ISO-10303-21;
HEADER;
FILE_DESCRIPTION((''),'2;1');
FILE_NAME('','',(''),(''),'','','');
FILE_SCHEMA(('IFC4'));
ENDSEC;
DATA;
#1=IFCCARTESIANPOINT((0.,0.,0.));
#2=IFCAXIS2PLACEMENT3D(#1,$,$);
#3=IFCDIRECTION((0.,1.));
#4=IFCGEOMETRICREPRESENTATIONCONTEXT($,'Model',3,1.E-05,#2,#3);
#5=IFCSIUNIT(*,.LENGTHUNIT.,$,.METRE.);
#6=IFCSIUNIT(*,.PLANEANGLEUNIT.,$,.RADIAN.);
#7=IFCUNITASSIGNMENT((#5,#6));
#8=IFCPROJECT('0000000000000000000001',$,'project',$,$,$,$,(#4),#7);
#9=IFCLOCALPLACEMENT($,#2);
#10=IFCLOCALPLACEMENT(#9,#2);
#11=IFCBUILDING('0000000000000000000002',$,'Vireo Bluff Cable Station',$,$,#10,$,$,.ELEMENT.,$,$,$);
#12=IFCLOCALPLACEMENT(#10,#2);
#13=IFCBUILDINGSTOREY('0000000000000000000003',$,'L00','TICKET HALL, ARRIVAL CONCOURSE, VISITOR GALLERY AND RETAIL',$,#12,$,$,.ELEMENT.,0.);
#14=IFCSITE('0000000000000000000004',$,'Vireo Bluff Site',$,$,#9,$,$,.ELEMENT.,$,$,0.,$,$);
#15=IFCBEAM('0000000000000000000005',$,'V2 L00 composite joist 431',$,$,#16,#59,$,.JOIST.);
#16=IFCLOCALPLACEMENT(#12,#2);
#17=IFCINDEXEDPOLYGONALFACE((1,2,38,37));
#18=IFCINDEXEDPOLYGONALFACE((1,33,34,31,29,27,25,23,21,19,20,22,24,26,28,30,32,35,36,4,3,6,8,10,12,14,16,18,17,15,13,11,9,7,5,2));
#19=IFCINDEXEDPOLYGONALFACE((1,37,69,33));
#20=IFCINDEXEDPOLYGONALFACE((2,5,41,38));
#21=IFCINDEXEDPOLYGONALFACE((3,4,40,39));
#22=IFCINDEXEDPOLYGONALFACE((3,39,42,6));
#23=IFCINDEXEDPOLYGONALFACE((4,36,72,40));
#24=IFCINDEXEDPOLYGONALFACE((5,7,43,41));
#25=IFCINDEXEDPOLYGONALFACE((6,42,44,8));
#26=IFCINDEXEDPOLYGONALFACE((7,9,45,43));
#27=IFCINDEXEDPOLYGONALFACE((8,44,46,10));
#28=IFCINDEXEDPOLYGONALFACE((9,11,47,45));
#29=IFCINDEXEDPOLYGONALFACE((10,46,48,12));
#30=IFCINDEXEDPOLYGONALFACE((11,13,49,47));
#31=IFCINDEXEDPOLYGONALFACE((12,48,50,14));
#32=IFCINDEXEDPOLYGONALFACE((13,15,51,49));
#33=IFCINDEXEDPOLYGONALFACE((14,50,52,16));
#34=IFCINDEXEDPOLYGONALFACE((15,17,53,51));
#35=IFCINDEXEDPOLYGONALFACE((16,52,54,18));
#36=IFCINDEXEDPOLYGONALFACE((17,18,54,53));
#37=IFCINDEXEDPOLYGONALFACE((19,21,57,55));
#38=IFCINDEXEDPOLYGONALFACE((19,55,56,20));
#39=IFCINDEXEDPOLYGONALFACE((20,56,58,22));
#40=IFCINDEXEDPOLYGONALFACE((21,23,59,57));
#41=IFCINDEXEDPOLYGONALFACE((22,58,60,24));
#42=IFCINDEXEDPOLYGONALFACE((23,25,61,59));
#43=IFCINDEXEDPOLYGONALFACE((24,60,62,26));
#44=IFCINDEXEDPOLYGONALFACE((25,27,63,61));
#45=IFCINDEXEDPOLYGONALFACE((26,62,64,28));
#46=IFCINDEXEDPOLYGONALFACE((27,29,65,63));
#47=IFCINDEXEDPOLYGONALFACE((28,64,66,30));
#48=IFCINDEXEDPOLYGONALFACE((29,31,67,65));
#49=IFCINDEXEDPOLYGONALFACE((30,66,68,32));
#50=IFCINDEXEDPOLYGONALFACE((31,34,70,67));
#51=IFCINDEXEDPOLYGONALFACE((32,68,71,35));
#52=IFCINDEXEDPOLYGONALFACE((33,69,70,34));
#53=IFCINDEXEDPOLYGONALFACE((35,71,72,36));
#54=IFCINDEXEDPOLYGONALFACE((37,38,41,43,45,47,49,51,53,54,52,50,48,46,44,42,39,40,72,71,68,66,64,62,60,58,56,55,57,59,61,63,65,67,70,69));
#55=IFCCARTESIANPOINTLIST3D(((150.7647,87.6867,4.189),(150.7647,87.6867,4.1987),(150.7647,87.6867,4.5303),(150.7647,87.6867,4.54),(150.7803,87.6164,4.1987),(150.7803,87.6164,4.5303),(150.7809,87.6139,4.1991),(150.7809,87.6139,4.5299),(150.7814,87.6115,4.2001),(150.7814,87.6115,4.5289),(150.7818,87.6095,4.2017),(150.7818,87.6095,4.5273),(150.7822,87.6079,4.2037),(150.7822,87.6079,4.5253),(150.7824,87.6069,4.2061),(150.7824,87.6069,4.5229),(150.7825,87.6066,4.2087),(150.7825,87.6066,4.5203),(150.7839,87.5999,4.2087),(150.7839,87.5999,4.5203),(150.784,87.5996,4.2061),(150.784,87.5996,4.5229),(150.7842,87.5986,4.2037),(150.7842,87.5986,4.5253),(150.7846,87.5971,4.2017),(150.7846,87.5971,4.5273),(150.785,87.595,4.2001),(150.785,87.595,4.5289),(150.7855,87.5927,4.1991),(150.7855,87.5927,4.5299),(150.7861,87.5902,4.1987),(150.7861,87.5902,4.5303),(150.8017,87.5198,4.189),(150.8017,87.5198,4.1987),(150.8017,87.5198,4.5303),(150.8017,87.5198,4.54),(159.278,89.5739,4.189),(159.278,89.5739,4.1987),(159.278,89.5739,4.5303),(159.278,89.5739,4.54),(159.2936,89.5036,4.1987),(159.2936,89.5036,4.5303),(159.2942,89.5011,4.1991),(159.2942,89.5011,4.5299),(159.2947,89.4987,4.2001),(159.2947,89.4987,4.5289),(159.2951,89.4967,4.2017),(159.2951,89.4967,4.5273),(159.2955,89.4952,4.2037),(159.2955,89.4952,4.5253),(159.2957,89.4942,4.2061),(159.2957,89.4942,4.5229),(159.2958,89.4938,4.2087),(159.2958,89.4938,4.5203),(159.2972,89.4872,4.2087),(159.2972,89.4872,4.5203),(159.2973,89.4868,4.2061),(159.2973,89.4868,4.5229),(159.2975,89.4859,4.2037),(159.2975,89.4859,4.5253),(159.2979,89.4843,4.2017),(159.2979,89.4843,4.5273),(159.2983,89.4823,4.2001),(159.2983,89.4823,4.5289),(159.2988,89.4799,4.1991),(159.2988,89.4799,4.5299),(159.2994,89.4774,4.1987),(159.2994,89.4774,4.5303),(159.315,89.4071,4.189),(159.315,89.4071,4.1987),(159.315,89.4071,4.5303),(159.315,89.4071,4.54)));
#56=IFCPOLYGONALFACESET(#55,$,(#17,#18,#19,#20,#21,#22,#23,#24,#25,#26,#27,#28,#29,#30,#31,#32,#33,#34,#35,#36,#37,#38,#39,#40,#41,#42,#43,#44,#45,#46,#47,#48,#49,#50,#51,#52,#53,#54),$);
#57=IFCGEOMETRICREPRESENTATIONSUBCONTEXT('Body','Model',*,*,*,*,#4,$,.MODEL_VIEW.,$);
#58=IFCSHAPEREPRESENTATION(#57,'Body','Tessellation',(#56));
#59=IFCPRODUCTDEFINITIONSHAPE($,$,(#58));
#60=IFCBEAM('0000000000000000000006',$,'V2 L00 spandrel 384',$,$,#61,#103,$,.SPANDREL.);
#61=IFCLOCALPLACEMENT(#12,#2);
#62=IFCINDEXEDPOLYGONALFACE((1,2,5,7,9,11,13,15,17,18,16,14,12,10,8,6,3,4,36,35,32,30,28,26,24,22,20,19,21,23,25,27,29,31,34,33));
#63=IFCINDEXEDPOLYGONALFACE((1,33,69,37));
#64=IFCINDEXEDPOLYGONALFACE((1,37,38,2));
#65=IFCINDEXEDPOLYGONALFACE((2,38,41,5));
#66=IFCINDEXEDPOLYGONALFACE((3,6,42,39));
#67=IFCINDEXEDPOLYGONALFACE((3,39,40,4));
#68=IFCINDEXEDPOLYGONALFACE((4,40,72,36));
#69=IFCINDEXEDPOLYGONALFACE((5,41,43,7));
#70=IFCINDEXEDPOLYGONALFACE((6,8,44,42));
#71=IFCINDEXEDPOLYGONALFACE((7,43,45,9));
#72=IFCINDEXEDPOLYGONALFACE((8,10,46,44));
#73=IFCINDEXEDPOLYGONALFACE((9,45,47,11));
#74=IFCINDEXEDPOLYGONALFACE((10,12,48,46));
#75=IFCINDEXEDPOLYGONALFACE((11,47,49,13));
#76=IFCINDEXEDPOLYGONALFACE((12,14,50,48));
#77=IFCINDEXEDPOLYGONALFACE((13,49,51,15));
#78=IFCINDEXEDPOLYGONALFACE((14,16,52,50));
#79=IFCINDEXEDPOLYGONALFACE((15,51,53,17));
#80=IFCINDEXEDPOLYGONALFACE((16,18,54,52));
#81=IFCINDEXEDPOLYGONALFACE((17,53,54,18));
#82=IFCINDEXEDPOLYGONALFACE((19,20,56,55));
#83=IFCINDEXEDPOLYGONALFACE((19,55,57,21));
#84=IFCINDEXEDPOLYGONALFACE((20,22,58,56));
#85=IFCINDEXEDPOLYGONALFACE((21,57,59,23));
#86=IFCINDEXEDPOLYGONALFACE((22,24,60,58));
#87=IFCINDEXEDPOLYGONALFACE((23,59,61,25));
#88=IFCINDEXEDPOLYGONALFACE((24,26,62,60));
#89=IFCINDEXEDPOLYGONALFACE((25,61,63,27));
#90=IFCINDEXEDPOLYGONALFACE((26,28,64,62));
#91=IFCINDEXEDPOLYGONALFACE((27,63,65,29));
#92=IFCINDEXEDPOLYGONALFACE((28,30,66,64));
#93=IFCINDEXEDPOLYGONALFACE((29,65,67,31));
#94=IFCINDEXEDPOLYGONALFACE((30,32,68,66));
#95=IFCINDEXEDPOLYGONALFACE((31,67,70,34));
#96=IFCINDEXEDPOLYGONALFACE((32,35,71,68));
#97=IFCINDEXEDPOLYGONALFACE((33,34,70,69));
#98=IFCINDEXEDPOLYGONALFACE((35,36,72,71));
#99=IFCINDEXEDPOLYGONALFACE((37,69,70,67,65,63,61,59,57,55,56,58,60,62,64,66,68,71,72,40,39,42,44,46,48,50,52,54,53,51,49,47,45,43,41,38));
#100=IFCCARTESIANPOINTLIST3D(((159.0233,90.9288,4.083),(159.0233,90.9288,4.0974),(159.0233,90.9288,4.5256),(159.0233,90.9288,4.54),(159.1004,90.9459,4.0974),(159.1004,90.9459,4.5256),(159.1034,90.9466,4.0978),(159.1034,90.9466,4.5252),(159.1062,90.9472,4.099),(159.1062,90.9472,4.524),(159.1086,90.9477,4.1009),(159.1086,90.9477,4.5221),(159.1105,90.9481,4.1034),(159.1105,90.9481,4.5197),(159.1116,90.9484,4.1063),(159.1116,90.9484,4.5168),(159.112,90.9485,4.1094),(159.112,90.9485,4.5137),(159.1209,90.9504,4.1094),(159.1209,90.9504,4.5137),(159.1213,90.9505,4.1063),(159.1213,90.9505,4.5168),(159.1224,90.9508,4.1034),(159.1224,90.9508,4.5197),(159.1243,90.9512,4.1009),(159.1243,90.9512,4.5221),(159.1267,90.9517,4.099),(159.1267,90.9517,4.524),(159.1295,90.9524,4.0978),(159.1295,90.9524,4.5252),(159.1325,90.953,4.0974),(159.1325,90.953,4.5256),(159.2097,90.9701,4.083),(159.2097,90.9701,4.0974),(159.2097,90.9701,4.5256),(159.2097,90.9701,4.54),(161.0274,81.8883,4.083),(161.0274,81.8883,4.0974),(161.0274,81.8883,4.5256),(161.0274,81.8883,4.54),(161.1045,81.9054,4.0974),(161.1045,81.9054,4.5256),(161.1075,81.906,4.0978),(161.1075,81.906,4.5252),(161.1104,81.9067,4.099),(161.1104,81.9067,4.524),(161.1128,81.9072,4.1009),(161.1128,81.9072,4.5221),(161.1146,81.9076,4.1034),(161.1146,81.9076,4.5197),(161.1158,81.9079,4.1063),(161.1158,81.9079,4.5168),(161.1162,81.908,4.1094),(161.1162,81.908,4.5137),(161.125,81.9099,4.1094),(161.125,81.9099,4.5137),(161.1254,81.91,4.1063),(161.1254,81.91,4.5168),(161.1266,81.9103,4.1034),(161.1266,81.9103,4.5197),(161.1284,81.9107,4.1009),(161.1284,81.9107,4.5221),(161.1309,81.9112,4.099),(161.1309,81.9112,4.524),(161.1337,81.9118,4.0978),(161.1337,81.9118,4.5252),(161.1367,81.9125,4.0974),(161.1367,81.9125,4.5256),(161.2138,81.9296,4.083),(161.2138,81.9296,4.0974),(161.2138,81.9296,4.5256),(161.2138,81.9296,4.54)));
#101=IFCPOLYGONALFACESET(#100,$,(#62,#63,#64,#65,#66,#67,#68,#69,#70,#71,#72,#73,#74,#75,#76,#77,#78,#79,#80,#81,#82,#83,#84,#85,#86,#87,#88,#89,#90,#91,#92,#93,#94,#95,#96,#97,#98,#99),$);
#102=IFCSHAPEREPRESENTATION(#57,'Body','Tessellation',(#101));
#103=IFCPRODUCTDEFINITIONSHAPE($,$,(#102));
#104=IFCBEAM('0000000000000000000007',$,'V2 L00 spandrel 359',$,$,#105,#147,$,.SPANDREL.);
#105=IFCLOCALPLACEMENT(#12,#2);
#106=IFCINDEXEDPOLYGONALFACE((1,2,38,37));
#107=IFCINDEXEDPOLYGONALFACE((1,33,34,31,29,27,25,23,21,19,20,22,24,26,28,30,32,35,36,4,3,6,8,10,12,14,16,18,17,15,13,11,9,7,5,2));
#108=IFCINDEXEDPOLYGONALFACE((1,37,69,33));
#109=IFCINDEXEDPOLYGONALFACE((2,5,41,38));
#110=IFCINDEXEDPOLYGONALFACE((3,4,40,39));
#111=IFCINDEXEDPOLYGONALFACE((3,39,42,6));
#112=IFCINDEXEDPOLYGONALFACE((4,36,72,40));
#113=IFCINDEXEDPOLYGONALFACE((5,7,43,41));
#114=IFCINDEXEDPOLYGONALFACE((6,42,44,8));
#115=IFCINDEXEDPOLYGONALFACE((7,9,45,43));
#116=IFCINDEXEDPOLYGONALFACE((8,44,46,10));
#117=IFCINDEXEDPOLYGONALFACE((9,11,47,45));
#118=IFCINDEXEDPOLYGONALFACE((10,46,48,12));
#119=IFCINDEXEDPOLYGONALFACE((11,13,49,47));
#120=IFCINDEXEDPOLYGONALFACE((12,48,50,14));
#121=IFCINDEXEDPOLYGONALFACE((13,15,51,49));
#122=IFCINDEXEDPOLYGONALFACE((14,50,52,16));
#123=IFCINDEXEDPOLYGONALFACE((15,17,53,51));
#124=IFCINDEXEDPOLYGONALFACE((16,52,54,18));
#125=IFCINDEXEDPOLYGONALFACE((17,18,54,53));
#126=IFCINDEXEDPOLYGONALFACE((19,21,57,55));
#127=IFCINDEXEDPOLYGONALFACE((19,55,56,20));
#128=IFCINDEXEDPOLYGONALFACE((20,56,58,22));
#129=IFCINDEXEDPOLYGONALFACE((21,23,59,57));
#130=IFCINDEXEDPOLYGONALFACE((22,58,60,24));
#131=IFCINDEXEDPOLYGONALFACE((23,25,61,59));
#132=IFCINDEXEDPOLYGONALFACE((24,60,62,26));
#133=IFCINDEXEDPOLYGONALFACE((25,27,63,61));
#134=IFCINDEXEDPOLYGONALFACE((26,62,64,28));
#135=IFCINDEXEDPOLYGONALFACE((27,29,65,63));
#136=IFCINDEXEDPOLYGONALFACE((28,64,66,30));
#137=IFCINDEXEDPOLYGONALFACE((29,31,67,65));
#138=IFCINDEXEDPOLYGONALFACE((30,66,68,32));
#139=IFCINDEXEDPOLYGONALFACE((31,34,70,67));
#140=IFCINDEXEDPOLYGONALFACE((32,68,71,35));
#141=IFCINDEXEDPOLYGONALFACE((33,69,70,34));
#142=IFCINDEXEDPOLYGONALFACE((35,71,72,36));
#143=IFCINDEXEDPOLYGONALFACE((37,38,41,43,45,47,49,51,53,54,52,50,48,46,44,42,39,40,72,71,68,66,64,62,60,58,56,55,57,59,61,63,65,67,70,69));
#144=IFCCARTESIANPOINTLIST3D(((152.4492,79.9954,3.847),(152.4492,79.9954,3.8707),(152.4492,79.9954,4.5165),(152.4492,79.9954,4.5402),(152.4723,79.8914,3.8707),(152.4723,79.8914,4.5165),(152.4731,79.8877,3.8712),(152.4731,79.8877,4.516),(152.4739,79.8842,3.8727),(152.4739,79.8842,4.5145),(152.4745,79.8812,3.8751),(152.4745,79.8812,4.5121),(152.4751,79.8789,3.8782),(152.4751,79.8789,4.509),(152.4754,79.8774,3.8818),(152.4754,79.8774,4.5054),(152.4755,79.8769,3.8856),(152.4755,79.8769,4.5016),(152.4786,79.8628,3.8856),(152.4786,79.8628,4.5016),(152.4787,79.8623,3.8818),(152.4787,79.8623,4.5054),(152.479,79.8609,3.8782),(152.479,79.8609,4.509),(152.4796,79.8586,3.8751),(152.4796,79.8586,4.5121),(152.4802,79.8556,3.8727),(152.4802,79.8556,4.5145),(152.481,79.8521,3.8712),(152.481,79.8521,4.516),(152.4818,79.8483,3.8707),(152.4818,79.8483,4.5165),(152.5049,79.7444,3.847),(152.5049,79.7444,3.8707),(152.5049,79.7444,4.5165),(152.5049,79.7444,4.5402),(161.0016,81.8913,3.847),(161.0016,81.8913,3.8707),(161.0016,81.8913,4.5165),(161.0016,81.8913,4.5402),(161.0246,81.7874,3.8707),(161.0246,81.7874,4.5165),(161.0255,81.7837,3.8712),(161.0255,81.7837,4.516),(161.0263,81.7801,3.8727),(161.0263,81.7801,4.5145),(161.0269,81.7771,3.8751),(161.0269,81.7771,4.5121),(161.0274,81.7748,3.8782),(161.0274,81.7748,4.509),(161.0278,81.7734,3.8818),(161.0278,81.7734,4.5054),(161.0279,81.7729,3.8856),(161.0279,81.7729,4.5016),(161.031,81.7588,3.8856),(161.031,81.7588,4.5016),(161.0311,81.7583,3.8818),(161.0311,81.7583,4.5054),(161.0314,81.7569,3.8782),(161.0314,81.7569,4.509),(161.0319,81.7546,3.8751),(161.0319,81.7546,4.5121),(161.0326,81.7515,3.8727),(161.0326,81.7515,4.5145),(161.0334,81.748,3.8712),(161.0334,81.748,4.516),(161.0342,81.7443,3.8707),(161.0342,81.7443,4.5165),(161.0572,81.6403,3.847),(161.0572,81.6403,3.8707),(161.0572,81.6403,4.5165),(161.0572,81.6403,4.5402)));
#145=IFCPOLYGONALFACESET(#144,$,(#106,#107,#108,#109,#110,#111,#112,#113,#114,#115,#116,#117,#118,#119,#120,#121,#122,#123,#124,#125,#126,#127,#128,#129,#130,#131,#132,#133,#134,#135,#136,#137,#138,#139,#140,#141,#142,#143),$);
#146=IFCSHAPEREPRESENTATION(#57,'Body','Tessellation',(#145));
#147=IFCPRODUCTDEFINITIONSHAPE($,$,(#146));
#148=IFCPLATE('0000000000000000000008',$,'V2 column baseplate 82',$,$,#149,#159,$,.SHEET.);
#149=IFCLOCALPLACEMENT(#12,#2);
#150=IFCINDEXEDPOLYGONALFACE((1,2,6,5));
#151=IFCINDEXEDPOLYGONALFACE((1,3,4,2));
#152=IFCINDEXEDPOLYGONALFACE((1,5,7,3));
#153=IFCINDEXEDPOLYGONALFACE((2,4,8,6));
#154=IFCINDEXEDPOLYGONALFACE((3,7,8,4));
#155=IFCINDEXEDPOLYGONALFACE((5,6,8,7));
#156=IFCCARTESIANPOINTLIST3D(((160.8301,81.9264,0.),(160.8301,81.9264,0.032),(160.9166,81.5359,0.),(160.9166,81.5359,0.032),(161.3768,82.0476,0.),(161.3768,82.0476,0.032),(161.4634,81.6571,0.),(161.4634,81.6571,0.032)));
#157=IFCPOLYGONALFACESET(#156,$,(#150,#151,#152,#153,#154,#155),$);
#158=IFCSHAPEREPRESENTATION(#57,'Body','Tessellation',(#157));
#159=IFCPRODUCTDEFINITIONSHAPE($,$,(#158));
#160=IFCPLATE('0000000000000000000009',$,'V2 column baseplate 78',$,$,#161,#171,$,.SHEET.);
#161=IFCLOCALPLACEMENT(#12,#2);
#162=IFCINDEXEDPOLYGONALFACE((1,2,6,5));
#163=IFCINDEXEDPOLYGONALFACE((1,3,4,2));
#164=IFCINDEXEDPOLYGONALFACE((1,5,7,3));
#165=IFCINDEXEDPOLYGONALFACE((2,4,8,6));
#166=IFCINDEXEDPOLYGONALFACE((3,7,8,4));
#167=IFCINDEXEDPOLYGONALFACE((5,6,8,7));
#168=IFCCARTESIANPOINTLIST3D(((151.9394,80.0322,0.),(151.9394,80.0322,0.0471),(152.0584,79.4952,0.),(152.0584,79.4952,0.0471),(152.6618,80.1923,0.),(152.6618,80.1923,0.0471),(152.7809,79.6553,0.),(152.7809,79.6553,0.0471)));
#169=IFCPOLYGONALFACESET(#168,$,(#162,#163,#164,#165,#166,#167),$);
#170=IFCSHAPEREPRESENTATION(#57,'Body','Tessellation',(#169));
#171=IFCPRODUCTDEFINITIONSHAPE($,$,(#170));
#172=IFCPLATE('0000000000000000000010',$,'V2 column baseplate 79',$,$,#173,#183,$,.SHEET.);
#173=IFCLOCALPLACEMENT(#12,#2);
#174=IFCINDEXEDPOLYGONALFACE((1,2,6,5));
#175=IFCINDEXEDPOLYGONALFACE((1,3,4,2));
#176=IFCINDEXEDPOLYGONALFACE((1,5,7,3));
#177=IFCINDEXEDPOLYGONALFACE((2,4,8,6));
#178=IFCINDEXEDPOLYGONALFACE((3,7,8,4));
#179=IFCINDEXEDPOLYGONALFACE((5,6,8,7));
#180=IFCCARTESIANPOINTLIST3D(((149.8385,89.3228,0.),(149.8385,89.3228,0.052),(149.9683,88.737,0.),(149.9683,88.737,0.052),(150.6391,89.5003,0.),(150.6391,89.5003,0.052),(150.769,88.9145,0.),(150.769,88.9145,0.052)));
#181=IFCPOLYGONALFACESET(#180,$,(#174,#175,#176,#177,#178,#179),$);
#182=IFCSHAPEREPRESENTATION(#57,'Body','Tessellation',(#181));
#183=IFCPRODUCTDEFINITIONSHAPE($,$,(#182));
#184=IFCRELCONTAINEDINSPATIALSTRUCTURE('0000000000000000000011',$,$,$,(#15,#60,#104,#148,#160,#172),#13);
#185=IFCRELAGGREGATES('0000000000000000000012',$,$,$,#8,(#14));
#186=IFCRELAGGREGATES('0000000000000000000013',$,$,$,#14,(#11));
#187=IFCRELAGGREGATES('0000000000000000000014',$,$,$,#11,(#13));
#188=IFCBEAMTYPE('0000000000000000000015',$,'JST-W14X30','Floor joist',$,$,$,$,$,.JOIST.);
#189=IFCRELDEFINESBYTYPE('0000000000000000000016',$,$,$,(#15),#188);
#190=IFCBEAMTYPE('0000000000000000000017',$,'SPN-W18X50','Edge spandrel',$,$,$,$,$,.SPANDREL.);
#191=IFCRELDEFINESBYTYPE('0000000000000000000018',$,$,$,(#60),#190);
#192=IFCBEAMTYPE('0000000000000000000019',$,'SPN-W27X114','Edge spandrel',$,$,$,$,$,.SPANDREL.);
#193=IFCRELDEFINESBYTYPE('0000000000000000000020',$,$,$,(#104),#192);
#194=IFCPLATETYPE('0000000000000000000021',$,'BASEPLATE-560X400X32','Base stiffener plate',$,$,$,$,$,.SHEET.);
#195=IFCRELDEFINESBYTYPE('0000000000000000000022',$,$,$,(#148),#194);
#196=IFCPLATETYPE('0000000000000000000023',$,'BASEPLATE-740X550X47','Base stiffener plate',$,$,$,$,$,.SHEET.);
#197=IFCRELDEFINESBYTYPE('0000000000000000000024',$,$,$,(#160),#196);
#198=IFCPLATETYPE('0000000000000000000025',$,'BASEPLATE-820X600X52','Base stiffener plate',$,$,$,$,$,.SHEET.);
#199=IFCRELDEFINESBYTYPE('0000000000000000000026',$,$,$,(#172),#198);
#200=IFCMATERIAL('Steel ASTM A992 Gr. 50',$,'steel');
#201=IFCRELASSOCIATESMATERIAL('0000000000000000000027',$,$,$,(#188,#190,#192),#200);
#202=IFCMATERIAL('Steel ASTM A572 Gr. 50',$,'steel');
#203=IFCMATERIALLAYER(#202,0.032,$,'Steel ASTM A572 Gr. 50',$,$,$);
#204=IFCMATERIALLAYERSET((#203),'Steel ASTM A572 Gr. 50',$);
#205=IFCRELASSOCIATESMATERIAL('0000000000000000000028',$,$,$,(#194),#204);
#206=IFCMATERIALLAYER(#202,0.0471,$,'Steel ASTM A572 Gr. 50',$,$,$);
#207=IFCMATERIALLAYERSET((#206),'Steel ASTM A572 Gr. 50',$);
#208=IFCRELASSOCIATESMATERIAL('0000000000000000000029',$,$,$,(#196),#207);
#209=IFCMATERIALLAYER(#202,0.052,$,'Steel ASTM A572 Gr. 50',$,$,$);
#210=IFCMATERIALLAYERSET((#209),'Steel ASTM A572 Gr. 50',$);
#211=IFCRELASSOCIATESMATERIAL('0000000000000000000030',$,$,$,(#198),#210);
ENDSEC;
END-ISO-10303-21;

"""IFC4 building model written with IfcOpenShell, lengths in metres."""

from ifc_helpers import new_model, si_unit, direction, frame, origin, origin_2d, place, context, subcontext, project, spatial, rectangle, i_section, extrude, material, layer, layer_set, material_profile, profile_set, type_object, element, save


model = new_model("IFC4")

# Units and contexts
model_context = context("Model", 3, precision=1e-05, world=origin(), true_north=direction((0.0, 1.0)))
body_context = subcontext(model_context, "Body", "Model", "MODEL_VIEW")
ifc_project = project(units=[si_unit("LENGTHUNIT", "METRE"), si_unit("PLANEANGLEUNIT", "RADIAN")], contexts=[model_context])

# Site, building, storey
site_placement = place(None, origin())
site = spatial("IfcSite", under=ifc_project, at=site_placement, Name="Vireo Bluff Site", CompositionType="ELEMENT", RefElevation=0.0)
building_placement = place(site_placement, origin())
building = spatial("IfcBuilding", under=site, at=building_placement, Name="Vireo Bluff Cable Station", CompositionType="ELEMENT")
storey_placement = place(building_placement, origin())
storey = spatial("IfcBuildingStorey", under=building, at=storey_placement, Name="L00", Description="TICKET HALL, ARRIVAL CONCOURSE, VISITOR GALLERY AND RETAIL", CompositionType="ELEMENT", Elevation=0.0)

# Shared definitions
ifc_material_1 = material(Name="Steel ASTM A992 Gr. 50", Category="steel")

# Beams
ifc_material_profile_1 = material_profile(ifc_material_1, i_section(OverallWidth=0.1709, OverallDepth=0.3511, WebThickness=0.0068, FlangeThickness=0.0098, FilletRadius=0.01, at=origin_2d()), Name="W14X30")
ifc_profile_set_1 = profile_set([ifc_material_profile_1], Name="Steel ASTM A992 Gr. 50")
beam_type_1 = type_object("IfcBeamType", Name="JST-W14X30", Description="Floor joist", PredefinedType="JOIST", material=ifc_profile_set_1)
for number, where, z_axis, x_axis, name in (
    (1, (150.7832, 87.6033, 4.3645), (0.976299, 0.216426, 0.0), (-0.216426, 0.976299, 0.0), "V2 L00 composite joist 431"),
):
    element("IfcBeam", number, at=place(storey_placement, frame(where, z_axis=z_axis, x_axis=x_axis)), inside=storey, type_object=beam_type_1, Name=name, PredefinedType="JOIST", context=body_context, shape_type="SweptSolid", body=[
        extrude(i_section(OverallWidth=0.1709, OverallDepth=0.3511, WebThickness=0.0068, FlangeThickness=0.0098, FilletRadius=0.01, at=origin_2d()), origin(), (0.0, 0.0, 1.0), 8.72),
    ])
ifc_material_profile_2 = material_profile(ifc_material_1, i_section(OverallWidth=0.1909, OverallDepth=0.457, WebThickness=0.009, FlangeThickness=0.0144, FilletRadius=0.012, at=origin_2d()), Name="W18X50")
ifc_profile_set_2 = profile_set([ifc_material_profile_2], Name="Steel ASTM A992 Gr. 50")
beam_type_2 = type_object("IfcBeamType", Name="SPN-W18X50", Description="Edge spandrel", PredefinedType="SPANDREL", material=ifc_profile_set_2)
beam_1_placement = place(storey_placement, frame((161.1206, 81.9089, 4.3115), z_axis=(-0.216431, 0.976298, 0.0), x_axis=(-0.976298, -0.216431, 0.0)))
element("IfcBeam", 2, at=beam_1_placement, inside=storey, type_object=beam_type_2, Name="V2 L00 spandrel 384", PredefinedType="SPANDREL", context=body_context, shape_type="SweptSolid", body=[
    extrude(i_section(OverallWidth=0.1909, OverallDepth=0.457, WebThickness=0.009, FlangeThickness=0.0144, FilletRadius=0.012, at=origin_2d()), origin(), (0.0, 0.0, 1.0), 9.26),
])
ifc_material_profile_3 = material_profile(ifc_material_1, i_section(OverallWidth=0.2571, OverallDepth=0.6931, WebThickness=0.0144, FlangeThickness=0.0237, FilletRadius=0.0149, at=origin_2d()), Name="W27X114")
ifc_profile_set_3 = profile_set([ifc_material_profile_3], Name="Steel ASTM A992 Gr. 50")
beam_type_3 = type_object("IfcBeamType", Name="SPN-W27X114", Description="Edge spandrel", PredefinedType="SPANDREL", material=ifc_profile_set_3)
beam_2_placement = place(storey_placement, frame((152.4771, 79.8699, 4.1936), z_axis=(0.976297, 0.216435, 0.0), x_axis=(-0.216435, 0.976297, 0.0)))
element("IfcBeam", 3, at=beam_2_placement, inside=storey, type_object=beam_type_3, Name="V2 L00 spandrel 359", PredefinedType="SPANDREL", context=body_context, shape_type="SweptSolid", body=[
    extrude(i_section(OverallWidth=0.2571, OverallDepth=0.6931, WebThickness=0.0144, FlangeThickness=0.0237, FilletRadius=0.0149, at=origin_2d()), origin(), (0.0, 0.0, 1.0), 8.76),
])

# Plates
ifc_material_2 = material(Name="Steel ASTM A572 Gr. 50", Category="steel")
ifc_layer_1 = layer(ifc_material_2, 0.032, Name="Steel ASTM A572 Gr. 50")
ifc_layer_set_1 = layer_set([ifc_layer_1], Name="Steel ASTM A572 Gr. 50")
plate_type_1 = type_object("IfcPlateType", Name="BASEPLATE-560X400X32", Description="Base stiffener plate", PredefinedType="SHEET", material=ifc_layer_set_1)
plate_1_placement = place(storey_placement, frame((161.1467, 81.7917, 0.0), z_axis=(0.0, 0.0, 1.0), x_axis=(0.976296, 0.21644, 0.0)))
element("IfcPlate", 4, at=plate_1_placement, inside=storey, type_object=plate_type_1, Name="V2 column baseplate 82", PredefinedType="SHEET", context=body_context, shape_type="SweptSolid", body=[
    extrude(rectangle(XDim=0.5601, YDim=0.3999, at=origin_2d()), origin(), (0.0, 0.0, 1.0), 0.032),
])
ifc_layer_2 = layer(ifc_material_2, 0.0471, Name="Steel ASTM A572 Gr. 50")
ifc_layer_set_2 = layer_set([ifc_layer_2], Name="Steel ASTM A572 Gr. 50")
plate_type_2 = type_object("IfcPlateType", Name="BASEPLATE-740X550X47", Description="Base stiffener plate", PredefinedType="SHEET", material=ifc_layer_set_2)
plate_2_placement = place(storey_placement, frame((152.3601, 79.8438, 0.0), z_axis=(0.0, 0.0, 1.0), x_axis=(0.976296, 0.21644, 0.0)))
element("IfcPlate", 5, at=plate_2_placement, inside=storey, type_object=plate_type_2, Name="V2 column baseplate 78", PredefinedType="SHEET", context=body_context, shape_type="SweptSolid", body=[
    extrude(rectangle(XDim=0.74, YDim=0.55, at=origin_2d()), origin(), (0.0, 0.0, 1.0), 0.0471),
])
ifc_layer_3 = layer(ifc_material_2, 0.052, Name="Steel ASTM A572 Gr. 50")
ifc_layer_set_3 = layer_set([ifc_layer_3], Name="Steel ASTM A572 Gr. 50")
plate_type_3 = type_object("IfcPlateType", Name="BASEPLATE-820X600X52", Description="Base stiffener plate", PredefinedType="SHEET", material=ifc_layer_set_3)
plate_3_placement = place(storey_placement, frame((150.3037, 89.1187, 0.0), z_axis=(0.0, 0.0, 1.0), x_axis=(0.976296, 0.21644, 0.0)))
element("IfcPlate", 6, at=plate_3_placement, inside=storey, type_object=plate_type_3, Name="V2 column baseplate 79", PredefinedType="SHEET", context=body_context, shape_type="SweptSolid", body=[
    extrude(rectangle(XDim=0.8201, YDim=0.6001, at=origin_2d()), origin(), (0.0, 0.0, 1.0), 0.052),
])

save(model, "model.ifc")
